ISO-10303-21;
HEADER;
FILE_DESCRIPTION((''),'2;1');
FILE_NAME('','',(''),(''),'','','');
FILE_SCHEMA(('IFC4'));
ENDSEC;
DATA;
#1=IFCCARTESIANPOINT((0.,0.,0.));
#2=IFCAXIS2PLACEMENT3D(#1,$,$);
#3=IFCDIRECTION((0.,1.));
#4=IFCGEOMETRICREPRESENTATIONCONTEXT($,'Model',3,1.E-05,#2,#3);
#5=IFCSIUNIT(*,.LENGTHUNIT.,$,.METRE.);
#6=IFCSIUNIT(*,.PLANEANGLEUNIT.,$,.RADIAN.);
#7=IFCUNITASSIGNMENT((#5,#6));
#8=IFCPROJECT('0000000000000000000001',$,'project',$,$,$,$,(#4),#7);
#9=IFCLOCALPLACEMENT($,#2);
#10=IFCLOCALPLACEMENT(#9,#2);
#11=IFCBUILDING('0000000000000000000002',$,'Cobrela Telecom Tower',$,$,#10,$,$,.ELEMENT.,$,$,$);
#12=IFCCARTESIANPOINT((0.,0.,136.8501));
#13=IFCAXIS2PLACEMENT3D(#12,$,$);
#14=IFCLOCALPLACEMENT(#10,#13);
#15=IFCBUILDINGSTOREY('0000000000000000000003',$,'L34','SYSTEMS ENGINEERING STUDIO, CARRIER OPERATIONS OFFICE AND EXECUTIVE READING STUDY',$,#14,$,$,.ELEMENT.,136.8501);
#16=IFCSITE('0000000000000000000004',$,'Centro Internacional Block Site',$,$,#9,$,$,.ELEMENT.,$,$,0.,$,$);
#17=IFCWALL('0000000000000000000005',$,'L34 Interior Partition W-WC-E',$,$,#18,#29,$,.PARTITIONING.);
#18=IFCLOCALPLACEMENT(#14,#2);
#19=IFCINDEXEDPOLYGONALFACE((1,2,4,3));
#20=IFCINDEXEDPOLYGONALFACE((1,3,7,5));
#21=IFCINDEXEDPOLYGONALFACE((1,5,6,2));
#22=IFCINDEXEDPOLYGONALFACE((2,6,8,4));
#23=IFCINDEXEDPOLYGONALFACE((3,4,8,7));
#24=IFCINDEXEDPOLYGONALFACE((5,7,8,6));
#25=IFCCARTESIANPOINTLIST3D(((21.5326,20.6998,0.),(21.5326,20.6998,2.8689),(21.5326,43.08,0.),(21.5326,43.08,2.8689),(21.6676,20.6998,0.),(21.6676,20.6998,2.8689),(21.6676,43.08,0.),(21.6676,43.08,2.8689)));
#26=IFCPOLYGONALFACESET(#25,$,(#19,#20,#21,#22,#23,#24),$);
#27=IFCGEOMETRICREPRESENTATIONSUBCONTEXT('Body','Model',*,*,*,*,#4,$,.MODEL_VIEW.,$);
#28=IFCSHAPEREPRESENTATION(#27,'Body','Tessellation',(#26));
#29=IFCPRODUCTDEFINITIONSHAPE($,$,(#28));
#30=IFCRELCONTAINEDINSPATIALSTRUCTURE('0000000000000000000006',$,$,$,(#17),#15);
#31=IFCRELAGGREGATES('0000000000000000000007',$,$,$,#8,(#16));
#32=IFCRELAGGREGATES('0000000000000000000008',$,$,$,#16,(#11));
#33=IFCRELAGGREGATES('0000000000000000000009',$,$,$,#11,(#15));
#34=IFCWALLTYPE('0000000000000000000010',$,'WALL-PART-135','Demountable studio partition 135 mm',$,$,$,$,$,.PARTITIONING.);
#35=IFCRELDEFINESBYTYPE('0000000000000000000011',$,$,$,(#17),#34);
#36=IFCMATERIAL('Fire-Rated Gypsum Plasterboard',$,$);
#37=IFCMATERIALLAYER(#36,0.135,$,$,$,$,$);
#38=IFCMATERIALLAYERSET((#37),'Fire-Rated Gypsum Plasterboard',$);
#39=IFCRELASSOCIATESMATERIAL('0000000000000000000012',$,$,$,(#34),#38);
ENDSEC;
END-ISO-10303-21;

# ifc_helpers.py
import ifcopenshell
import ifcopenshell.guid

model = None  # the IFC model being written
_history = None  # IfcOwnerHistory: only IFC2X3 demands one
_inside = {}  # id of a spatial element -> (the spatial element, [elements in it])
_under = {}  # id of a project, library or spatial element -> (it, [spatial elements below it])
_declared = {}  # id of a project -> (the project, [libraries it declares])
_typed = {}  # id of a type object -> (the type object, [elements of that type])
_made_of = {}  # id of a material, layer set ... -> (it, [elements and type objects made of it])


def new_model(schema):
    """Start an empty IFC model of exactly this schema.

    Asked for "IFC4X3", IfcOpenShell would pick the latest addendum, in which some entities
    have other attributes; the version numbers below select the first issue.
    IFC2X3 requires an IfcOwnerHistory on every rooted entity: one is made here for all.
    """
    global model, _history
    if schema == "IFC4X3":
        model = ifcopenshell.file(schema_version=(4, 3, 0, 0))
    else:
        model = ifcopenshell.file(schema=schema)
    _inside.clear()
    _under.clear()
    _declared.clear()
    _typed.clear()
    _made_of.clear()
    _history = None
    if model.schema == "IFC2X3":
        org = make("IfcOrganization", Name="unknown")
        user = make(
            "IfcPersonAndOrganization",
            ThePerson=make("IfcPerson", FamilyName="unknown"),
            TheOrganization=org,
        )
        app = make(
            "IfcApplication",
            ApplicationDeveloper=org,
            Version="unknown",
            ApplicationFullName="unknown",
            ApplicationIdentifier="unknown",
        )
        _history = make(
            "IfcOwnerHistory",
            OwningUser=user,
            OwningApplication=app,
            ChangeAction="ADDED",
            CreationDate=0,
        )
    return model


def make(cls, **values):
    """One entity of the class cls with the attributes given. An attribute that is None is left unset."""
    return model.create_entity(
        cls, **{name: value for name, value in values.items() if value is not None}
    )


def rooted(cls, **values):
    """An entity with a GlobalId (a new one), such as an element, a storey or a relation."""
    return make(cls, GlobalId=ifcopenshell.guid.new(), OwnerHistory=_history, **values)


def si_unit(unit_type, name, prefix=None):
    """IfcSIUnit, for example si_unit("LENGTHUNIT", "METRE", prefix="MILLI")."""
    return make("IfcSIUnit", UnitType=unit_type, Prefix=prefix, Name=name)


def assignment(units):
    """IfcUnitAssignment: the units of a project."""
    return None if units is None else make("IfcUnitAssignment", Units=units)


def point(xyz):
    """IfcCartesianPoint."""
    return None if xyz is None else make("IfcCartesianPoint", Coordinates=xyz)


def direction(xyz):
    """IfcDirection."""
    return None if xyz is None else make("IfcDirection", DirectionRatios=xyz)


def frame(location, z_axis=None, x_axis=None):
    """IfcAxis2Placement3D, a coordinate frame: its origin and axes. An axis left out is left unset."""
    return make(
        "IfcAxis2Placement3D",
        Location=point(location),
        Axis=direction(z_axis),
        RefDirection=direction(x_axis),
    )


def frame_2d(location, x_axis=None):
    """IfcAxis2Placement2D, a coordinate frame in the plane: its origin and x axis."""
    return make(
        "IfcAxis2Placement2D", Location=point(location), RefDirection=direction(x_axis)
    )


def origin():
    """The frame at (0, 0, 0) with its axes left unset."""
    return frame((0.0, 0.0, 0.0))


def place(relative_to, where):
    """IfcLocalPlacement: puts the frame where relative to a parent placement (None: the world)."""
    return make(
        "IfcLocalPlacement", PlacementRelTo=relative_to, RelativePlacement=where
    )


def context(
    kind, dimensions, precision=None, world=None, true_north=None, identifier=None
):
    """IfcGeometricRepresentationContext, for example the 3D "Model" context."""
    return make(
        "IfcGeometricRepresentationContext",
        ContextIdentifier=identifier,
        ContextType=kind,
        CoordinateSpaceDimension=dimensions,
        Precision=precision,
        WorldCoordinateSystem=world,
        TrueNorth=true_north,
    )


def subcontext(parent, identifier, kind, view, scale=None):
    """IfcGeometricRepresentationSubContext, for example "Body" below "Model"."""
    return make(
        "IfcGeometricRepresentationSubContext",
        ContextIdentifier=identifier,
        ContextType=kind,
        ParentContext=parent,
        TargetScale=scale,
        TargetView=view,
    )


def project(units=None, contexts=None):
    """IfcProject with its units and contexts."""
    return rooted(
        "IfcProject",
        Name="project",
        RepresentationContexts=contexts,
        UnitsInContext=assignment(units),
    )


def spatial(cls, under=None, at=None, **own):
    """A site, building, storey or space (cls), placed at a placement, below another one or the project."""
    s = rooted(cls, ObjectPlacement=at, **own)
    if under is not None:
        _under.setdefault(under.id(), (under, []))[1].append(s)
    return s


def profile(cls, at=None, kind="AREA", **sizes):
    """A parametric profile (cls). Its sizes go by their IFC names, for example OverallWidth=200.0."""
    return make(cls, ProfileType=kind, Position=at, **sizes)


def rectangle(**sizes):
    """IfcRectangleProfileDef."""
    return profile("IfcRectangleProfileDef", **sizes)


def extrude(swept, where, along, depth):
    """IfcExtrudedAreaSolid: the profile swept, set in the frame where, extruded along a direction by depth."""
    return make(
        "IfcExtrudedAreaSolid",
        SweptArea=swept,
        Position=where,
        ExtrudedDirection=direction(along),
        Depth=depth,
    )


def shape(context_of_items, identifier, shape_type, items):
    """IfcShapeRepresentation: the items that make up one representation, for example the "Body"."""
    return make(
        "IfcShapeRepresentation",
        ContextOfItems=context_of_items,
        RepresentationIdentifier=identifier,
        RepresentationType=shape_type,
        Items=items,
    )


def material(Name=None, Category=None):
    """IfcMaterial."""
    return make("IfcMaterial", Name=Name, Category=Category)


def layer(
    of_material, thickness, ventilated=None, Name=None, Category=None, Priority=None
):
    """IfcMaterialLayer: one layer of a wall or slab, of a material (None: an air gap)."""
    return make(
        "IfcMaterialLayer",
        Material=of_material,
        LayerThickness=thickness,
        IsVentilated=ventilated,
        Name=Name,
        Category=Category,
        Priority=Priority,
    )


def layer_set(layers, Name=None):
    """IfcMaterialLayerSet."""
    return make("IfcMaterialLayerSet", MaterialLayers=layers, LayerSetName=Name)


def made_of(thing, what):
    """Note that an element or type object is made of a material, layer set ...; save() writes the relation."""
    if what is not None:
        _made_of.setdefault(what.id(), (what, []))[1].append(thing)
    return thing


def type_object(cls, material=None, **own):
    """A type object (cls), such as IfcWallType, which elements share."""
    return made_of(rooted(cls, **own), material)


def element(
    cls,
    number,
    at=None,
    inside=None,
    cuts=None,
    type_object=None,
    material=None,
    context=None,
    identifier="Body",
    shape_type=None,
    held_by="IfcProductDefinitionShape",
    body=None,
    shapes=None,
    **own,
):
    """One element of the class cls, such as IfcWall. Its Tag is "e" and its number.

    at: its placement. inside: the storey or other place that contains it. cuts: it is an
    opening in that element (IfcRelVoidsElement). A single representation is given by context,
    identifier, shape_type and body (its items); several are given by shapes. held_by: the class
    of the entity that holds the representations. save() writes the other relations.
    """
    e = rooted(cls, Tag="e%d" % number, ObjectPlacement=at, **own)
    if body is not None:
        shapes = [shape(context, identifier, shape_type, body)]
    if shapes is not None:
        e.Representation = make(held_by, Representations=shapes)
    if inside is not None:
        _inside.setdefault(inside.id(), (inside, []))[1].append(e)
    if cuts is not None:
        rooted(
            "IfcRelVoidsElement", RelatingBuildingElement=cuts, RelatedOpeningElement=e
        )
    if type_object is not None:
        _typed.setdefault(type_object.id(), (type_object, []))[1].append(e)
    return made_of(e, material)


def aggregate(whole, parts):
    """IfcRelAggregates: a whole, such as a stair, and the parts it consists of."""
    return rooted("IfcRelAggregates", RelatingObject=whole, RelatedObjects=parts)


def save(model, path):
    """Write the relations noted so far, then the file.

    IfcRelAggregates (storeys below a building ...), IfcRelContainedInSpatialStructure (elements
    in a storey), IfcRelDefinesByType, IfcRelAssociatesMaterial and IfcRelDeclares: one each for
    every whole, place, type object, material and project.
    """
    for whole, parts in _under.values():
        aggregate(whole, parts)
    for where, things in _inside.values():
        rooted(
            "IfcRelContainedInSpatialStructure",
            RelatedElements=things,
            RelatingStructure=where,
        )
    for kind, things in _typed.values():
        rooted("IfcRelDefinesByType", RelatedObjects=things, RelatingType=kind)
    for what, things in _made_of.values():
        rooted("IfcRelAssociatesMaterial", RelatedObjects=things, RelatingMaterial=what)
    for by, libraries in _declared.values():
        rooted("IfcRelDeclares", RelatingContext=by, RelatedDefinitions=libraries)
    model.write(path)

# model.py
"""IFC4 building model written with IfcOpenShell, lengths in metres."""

from ifc_helpers import new_model, si_unit, direction, frame, frame_2d, origin, place, context, subcontext, project, spatial, rectangle, extrude, material, layer, layer_set, type_object, element, save


model = new_model("IFC4")

# Units and contexts
model_context = context("Model", 3, precision=1e-05, world=origin(), true_north=direction((0.0, 1.0)))
body_context = subcontext(model_context, "Body", "Model", "MODEL_VIEW")
ifc_project = project(units=[si_unit("LENGTHUNIT", "METRE"), si_unit("PLANEANGLEUNIT", "RADIAN")], contexts=[model_context])

# Site, building, storey
site_placement = place(None, origin())
site = spatial("IfcSite", under=ifc_project, at=site_placement, Name="Centro Internacional Block Site", CompositionType="ELEMENT", RefElevation=0.0)
building_placement = place(site_placement, origin())
building = spatial("IfcBuilding", under=site, at=building_placement, Name="Cobrela Telecom Tower", CompositionType="ELEMENT")
storey_placement = place(building_placement, frame((0.0, 0.0, 136.8501)))
storey = spatial("IfcBuildingStorey", under=building, at=storey_placement, Name="L34", Description="SYSTEMS ENGINEERING STUDIO, CARRIER OPERATIONS OFFICE AND EXECUTIVE READING STUDY", CompositionType="ELEMENT", Elevation=136.8501)

# Wall
ifc_material_1 = material(Name="Fire-Rated Gypsum Plasterboard")
ifc_layer_1 = layer(ifc_material_1, 0.135)
ifc_layer_set_1 = layer_set([ifc_layer_1], Name="Fire-Rated Gypsum Plasterboard")
wall_type = type_object("IfcWallType", Name="WALL-PART-135", Description="Demountable studio partition 135 mm", PredefinedType="PARTITIONING", material=ifc_layer_set_1)
wall_placement = place(storey_placement, frame((21.6001, 20.7, 0.0), z_axis=(0.0, 0.0, 1.0), x_axis=(0.0, 1.0, 0.0)))
element("IfcWall", 1, at=wall_placement, inside=storey, type_object=wall_type, Name="L34 Interior Partition W-WC-E", PredefinedType="PARTITIONING", context=body_context, shape_type="SweptSolid", body=[
    extrude(rectangle(XDim=22.3801, YDim=0.135, at=frame_2d((11.1899, 0.0))), origin(), (0.0, 0.0, 1.0), 2.8689),
])

save(model, "model.ifc")
